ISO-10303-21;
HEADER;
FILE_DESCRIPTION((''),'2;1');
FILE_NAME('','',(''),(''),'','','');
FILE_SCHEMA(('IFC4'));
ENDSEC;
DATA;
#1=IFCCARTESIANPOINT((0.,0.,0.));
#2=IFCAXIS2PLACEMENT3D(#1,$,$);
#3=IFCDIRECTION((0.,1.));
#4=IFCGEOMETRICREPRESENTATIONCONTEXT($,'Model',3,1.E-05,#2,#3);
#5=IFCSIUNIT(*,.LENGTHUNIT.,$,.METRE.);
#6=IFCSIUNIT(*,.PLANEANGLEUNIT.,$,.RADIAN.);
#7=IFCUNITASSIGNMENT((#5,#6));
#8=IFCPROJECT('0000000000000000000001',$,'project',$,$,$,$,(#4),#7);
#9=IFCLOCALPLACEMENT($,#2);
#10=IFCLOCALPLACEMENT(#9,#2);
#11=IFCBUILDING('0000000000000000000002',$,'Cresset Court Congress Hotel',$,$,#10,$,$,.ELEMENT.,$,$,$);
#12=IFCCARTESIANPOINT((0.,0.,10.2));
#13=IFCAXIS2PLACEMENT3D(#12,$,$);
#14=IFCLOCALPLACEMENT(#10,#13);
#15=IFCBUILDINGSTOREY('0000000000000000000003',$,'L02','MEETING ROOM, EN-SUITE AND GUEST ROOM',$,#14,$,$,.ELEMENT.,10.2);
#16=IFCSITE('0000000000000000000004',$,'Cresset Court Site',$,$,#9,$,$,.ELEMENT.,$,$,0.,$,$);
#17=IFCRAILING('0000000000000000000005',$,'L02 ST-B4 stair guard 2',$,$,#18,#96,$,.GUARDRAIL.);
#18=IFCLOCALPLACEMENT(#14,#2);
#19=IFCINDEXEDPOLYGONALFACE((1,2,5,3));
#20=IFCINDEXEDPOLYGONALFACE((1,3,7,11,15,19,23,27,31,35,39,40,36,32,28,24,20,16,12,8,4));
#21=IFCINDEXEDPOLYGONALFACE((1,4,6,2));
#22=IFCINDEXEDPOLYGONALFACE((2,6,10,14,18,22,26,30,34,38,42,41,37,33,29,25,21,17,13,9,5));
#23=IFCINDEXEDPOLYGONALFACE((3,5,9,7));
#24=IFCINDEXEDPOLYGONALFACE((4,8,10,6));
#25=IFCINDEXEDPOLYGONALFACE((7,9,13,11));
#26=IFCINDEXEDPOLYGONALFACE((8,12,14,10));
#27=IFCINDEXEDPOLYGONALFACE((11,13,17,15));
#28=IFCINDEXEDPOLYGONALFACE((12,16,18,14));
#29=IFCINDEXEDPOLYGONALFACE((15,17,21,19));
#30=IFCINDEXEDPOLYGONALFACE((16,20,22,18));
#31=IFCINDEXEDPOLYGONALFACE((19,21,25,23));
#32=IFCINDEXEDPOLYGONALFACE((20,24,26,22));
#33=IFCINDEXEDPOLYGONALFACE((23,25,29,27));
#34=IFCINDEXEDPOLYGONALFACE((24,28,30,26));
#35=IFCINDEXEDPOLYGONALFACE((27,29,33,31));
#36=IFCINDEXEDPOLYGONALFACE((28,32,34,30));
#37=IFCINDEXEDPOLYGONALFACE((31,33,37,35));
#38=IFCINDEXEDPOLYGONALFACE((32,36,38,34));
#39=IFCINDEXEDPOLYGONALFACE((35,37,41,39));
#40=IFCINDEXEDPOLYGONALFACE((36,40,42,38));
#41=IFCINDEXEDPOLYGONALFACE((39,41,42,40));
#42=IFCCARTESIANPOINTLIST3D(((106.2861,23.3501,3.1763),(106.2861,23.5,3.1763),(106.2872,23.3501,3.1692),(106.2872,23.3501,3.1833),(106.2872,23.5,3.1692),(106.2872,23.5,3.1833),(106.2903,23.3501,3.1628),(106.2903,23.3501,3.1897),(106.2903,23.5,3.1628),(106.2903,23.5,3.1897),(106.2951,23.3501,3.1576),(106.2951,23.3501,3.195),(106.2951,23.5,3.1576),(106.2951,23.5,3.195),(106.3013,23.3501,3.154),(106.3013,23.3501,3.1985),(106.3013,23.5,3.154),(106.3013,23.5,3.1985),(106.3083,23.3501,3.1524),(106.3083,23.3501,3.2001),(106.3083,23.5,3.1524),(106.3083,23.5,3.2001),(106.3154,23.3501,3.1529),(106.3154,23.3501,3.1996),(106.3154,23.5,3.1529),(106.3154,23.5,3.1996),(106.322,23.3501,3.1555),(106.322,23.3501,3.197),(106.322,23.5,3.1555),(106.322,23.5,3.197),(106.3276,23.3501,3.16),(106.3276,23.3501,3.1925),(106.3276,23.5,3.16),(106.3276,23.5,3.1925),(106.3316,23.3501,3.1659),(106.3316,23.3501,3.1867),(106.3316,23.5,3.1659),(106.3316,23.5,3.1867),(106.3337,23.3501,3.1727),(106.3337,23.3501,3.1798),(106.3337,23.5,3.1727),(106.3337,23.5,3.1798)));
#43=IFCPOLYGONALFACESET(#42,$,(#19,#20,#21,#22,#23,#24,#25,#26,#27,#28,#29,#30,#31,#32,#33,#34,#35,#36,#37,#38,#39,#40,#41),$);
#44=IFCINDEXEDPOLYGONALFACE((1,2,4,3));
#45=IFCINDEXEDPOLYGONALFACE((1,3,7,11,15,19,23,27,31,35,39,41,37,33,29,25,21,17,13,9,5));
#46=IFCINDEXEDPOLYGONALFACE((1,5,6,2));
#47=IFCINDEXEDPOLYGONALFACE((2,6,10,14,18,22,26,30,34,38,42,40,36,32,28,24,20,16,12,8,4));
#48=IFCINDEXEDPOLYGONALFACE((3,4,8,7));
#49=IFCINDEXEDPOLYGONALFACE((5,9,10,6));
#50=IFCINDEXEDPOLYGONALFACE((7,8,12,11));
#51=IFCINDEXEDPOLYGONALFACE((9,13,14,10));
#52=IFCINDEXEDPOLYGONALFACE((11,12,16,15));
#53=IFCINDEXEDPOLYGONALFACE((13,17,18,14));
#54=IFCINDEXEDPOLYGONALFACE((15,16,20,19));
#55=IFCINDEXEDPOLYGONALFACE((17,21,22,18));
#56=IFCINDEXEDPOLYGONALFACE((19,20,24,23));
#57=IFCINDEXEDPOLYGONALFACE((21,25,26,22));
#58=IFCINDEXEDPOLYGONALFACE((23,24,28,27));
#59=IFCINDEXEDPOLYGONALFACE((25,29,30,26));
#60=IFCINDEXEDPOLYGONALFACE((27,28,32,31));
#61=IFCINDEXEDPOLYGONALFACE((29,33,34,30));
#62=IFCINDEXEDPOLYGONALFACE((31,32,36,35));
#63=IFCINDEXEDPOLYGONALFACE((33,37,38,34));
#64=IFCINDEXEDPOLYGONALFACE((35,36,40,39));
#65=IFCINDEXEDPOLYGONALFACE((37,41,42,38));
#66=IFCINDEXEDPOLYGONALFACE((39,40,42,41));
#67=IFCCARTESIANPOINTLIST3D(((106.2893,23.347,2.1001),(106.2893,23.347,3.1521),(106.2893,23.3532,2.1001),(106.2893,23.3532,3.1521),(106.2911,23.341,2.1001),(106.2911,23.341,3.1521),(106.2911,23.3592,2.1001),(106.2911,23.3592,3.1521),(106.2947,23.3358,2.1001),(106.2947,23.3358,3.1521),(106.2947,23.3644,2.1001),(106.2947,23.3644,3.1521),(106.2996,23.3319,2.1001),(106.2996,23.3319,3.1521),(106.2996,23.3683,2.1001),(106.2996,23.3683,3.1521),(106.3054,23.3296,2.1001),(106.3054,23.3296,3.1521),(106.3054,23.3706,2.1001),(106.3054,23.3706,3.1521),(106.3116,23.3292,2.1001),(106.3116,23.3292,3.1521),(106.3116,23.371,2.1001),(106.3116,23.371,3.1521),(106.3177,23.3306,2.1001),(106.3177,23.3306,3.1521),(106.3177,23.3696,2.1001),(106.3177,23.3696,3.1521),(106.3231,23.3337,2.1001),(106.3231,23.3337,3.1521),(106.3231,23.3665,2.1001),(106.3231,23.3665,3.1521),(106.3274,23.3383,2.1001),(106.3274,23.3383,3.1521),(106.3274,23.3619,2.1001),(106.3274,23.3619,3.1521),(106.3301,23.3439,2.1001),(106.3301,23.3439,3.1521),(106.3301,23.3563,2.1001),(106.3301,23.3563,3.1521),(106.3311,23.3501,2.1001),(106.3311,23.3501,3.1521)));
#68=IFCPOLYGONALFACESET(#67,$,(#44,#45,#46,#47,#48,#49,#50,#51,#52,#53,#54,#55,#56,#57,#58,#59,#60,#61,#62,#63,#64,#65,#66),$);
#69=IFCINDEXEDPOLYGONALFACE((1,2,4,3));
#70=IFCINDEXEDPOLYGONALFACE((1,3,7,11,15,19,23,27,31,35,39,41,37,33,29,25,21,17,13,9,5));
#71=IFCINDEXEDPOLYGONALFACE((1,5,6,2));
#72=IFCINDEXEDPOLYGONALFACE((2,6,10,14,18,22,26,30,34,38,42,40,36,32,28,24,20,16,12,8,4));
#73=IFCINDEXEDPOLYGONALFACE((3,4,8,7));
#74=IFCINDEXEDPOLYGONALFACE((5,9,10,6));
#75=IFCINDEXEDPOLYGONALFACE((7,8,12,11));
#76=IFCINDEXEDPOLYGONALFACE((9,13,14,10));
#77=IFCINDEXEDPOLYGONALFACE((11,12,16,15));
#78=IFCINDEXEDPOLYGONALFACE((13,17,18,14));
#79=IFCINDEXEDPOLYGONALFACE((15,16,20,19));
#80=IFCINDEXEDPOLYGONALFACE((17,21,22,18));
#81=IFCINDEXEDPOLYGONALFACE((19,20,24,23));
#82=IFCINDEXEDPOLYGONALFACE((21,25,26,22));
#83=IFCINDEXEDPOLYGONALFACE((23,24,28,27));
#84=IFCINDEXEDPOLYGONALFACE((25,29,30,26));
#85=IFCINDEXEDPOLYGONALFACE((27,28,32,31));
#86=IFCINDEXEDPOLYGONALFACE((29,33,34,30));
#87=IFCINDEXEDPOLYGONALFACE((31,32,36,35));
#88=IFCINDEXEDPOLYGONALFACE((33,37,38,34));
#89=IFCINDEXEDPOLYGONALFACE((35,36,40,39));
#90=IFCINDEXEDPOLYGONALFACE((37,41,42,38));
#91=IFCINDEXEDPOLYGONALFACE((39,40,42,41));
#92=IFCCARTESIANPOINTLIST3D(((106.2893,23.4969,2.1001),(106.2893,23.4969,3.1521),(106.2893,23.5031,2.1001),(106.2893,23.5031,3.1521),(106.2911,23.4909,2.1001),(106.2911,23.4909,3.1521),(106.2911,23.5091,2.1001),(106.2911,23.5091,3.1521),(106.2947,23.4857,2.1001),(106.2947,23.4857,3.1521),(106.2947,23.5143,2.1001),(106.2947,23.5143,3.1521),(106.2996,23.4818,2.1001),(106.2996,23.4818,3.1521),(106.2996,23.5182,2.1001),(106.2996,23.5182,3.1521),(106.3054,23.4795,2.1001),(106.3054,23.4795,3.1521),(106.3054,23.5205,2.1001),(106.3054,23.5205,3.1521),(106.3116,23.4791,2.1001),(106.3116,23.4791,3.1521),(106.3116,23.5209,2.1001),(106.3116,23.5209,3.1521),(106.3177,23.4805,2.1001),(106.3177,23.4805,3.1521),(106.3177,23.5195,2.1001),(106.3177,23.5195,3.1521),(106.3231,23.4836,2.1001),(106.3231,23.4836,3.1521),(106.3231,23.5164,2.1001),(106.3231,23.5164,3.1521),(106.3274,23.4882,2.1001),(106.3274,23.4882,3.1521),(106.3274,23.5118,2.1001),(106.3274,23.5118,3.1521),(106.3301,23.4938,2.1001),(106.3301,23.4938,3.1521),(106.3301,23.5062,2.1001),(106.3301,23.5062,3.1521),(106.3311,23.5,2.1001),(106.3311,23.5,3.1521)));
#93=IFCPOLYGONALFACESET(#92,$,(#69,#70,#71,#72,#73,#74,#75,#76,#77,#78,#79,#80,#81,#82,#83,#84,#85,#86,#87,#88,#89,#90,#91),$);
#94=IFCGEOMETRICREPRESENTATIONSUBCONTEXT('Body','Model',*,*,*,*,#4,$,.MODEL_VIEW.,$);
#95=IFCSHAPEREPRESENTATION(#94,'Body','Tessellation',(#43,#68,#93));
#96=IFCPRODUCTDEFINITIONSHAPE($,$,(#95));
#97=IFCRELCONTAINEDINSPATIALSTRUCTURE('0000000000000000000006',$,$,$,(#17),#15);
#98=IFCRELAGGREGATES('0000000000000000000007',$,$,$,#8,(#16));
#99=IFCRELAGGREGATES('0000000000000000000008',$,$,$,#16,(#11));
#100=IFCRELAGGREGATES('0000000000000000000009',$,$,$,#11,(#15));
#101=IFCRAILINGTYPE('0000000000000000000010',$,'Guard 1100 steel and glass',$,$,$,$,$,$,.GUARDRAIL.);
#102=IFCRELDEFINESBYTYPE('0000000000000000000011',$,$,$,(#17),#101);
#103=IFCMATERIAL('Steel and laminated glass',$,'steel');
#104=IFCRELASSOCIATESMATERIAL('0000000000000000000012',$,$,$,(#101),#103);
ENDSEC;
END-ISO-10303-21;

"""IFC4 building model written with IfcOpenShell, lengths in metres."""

from ifc_helpers import new_model, si_unit, direction, frame, origin, origin_2d, place, context, subcontext, project, spatial, circle, extrude, material, type_object, element, save


model = new_model("IFC4")

# Units and contexts
model_context = context("Model", 3, precision=1e-05, world=origin(), true_north=direction((0.0, 1.0)))
body_context = subcontext(model_context, "Body", "Model", "MODEL_VIEW")
ifc_project = project(units=[si_unit("LENGTHUNIT", "METRE"), si_unit("PLANEANGLEUNIT", "RADIAN")], contexts=[model_context])

# Site, building, storey
site_placement = place(None, origin())
site = spatial("IfcSite", under=ifc_project, at=site_placement, Name="Cresset Court Site", CompositionType="ELEMENT", RefElevation=0.0)
building_placement = place(site_placement, origin())
building = spatial("IfcBuilding", under=site, at=building_placement, Name="Cresset Court Congress Hotel", CompositionType="ELEMENT")
storey_placement = place(building_placement, frame((0.0, 0.0, 10.2)))
storey = spatial("IfcBuildingStorey", under=building, at=storey_placement, Name="L02", Description="MEETING ROOM, EN-SUITE AND GUEST ROOM", CompositionType="ELEMENT", Elevation=10.2)

# Railing
ifc_material_1 = material(Name="Steel and laminated glass", Category="steel")
railing_type_1 = type_object("IfcRailingType", Name="Guard 1100 steel and glass", PredefinedType="GUARDRAIL", material=ifc_material_1)
railing_1_placement = place(storey_placement, frame((106.3101, 23.3501, 2.1001)))
element("IfcRailing", 1, at=railing_1_placement, inside=storey, type_object=railing_type_1, Name="L02 ST-B4 stair guard 2", PredefinedType="GUARDRAIL", context=body_context, shape_type="SweptSolid", body=[
    extrude(circle(Radius=0.0239, at=origin_2d()), frame((0.0, 0.0, 1.0762), z_axis=(0.0, 1.0, 0.0), x_axis=(-1.0, 0.0, 0.0)), (0.0, 0.0, 1.0), 0.1499),
    extrude(circle(Radius=0.021, at=origin_2d()), origin(), (0.0, 0.0, 1.0), 1.052),
    extrude(circle(Radius=0.021, at=origin_2d()), frame((0.0, 0.1499, 0.0)), (0.0, 0.0, 1.0), 1.052),
])

save(model, "model.ifc")
